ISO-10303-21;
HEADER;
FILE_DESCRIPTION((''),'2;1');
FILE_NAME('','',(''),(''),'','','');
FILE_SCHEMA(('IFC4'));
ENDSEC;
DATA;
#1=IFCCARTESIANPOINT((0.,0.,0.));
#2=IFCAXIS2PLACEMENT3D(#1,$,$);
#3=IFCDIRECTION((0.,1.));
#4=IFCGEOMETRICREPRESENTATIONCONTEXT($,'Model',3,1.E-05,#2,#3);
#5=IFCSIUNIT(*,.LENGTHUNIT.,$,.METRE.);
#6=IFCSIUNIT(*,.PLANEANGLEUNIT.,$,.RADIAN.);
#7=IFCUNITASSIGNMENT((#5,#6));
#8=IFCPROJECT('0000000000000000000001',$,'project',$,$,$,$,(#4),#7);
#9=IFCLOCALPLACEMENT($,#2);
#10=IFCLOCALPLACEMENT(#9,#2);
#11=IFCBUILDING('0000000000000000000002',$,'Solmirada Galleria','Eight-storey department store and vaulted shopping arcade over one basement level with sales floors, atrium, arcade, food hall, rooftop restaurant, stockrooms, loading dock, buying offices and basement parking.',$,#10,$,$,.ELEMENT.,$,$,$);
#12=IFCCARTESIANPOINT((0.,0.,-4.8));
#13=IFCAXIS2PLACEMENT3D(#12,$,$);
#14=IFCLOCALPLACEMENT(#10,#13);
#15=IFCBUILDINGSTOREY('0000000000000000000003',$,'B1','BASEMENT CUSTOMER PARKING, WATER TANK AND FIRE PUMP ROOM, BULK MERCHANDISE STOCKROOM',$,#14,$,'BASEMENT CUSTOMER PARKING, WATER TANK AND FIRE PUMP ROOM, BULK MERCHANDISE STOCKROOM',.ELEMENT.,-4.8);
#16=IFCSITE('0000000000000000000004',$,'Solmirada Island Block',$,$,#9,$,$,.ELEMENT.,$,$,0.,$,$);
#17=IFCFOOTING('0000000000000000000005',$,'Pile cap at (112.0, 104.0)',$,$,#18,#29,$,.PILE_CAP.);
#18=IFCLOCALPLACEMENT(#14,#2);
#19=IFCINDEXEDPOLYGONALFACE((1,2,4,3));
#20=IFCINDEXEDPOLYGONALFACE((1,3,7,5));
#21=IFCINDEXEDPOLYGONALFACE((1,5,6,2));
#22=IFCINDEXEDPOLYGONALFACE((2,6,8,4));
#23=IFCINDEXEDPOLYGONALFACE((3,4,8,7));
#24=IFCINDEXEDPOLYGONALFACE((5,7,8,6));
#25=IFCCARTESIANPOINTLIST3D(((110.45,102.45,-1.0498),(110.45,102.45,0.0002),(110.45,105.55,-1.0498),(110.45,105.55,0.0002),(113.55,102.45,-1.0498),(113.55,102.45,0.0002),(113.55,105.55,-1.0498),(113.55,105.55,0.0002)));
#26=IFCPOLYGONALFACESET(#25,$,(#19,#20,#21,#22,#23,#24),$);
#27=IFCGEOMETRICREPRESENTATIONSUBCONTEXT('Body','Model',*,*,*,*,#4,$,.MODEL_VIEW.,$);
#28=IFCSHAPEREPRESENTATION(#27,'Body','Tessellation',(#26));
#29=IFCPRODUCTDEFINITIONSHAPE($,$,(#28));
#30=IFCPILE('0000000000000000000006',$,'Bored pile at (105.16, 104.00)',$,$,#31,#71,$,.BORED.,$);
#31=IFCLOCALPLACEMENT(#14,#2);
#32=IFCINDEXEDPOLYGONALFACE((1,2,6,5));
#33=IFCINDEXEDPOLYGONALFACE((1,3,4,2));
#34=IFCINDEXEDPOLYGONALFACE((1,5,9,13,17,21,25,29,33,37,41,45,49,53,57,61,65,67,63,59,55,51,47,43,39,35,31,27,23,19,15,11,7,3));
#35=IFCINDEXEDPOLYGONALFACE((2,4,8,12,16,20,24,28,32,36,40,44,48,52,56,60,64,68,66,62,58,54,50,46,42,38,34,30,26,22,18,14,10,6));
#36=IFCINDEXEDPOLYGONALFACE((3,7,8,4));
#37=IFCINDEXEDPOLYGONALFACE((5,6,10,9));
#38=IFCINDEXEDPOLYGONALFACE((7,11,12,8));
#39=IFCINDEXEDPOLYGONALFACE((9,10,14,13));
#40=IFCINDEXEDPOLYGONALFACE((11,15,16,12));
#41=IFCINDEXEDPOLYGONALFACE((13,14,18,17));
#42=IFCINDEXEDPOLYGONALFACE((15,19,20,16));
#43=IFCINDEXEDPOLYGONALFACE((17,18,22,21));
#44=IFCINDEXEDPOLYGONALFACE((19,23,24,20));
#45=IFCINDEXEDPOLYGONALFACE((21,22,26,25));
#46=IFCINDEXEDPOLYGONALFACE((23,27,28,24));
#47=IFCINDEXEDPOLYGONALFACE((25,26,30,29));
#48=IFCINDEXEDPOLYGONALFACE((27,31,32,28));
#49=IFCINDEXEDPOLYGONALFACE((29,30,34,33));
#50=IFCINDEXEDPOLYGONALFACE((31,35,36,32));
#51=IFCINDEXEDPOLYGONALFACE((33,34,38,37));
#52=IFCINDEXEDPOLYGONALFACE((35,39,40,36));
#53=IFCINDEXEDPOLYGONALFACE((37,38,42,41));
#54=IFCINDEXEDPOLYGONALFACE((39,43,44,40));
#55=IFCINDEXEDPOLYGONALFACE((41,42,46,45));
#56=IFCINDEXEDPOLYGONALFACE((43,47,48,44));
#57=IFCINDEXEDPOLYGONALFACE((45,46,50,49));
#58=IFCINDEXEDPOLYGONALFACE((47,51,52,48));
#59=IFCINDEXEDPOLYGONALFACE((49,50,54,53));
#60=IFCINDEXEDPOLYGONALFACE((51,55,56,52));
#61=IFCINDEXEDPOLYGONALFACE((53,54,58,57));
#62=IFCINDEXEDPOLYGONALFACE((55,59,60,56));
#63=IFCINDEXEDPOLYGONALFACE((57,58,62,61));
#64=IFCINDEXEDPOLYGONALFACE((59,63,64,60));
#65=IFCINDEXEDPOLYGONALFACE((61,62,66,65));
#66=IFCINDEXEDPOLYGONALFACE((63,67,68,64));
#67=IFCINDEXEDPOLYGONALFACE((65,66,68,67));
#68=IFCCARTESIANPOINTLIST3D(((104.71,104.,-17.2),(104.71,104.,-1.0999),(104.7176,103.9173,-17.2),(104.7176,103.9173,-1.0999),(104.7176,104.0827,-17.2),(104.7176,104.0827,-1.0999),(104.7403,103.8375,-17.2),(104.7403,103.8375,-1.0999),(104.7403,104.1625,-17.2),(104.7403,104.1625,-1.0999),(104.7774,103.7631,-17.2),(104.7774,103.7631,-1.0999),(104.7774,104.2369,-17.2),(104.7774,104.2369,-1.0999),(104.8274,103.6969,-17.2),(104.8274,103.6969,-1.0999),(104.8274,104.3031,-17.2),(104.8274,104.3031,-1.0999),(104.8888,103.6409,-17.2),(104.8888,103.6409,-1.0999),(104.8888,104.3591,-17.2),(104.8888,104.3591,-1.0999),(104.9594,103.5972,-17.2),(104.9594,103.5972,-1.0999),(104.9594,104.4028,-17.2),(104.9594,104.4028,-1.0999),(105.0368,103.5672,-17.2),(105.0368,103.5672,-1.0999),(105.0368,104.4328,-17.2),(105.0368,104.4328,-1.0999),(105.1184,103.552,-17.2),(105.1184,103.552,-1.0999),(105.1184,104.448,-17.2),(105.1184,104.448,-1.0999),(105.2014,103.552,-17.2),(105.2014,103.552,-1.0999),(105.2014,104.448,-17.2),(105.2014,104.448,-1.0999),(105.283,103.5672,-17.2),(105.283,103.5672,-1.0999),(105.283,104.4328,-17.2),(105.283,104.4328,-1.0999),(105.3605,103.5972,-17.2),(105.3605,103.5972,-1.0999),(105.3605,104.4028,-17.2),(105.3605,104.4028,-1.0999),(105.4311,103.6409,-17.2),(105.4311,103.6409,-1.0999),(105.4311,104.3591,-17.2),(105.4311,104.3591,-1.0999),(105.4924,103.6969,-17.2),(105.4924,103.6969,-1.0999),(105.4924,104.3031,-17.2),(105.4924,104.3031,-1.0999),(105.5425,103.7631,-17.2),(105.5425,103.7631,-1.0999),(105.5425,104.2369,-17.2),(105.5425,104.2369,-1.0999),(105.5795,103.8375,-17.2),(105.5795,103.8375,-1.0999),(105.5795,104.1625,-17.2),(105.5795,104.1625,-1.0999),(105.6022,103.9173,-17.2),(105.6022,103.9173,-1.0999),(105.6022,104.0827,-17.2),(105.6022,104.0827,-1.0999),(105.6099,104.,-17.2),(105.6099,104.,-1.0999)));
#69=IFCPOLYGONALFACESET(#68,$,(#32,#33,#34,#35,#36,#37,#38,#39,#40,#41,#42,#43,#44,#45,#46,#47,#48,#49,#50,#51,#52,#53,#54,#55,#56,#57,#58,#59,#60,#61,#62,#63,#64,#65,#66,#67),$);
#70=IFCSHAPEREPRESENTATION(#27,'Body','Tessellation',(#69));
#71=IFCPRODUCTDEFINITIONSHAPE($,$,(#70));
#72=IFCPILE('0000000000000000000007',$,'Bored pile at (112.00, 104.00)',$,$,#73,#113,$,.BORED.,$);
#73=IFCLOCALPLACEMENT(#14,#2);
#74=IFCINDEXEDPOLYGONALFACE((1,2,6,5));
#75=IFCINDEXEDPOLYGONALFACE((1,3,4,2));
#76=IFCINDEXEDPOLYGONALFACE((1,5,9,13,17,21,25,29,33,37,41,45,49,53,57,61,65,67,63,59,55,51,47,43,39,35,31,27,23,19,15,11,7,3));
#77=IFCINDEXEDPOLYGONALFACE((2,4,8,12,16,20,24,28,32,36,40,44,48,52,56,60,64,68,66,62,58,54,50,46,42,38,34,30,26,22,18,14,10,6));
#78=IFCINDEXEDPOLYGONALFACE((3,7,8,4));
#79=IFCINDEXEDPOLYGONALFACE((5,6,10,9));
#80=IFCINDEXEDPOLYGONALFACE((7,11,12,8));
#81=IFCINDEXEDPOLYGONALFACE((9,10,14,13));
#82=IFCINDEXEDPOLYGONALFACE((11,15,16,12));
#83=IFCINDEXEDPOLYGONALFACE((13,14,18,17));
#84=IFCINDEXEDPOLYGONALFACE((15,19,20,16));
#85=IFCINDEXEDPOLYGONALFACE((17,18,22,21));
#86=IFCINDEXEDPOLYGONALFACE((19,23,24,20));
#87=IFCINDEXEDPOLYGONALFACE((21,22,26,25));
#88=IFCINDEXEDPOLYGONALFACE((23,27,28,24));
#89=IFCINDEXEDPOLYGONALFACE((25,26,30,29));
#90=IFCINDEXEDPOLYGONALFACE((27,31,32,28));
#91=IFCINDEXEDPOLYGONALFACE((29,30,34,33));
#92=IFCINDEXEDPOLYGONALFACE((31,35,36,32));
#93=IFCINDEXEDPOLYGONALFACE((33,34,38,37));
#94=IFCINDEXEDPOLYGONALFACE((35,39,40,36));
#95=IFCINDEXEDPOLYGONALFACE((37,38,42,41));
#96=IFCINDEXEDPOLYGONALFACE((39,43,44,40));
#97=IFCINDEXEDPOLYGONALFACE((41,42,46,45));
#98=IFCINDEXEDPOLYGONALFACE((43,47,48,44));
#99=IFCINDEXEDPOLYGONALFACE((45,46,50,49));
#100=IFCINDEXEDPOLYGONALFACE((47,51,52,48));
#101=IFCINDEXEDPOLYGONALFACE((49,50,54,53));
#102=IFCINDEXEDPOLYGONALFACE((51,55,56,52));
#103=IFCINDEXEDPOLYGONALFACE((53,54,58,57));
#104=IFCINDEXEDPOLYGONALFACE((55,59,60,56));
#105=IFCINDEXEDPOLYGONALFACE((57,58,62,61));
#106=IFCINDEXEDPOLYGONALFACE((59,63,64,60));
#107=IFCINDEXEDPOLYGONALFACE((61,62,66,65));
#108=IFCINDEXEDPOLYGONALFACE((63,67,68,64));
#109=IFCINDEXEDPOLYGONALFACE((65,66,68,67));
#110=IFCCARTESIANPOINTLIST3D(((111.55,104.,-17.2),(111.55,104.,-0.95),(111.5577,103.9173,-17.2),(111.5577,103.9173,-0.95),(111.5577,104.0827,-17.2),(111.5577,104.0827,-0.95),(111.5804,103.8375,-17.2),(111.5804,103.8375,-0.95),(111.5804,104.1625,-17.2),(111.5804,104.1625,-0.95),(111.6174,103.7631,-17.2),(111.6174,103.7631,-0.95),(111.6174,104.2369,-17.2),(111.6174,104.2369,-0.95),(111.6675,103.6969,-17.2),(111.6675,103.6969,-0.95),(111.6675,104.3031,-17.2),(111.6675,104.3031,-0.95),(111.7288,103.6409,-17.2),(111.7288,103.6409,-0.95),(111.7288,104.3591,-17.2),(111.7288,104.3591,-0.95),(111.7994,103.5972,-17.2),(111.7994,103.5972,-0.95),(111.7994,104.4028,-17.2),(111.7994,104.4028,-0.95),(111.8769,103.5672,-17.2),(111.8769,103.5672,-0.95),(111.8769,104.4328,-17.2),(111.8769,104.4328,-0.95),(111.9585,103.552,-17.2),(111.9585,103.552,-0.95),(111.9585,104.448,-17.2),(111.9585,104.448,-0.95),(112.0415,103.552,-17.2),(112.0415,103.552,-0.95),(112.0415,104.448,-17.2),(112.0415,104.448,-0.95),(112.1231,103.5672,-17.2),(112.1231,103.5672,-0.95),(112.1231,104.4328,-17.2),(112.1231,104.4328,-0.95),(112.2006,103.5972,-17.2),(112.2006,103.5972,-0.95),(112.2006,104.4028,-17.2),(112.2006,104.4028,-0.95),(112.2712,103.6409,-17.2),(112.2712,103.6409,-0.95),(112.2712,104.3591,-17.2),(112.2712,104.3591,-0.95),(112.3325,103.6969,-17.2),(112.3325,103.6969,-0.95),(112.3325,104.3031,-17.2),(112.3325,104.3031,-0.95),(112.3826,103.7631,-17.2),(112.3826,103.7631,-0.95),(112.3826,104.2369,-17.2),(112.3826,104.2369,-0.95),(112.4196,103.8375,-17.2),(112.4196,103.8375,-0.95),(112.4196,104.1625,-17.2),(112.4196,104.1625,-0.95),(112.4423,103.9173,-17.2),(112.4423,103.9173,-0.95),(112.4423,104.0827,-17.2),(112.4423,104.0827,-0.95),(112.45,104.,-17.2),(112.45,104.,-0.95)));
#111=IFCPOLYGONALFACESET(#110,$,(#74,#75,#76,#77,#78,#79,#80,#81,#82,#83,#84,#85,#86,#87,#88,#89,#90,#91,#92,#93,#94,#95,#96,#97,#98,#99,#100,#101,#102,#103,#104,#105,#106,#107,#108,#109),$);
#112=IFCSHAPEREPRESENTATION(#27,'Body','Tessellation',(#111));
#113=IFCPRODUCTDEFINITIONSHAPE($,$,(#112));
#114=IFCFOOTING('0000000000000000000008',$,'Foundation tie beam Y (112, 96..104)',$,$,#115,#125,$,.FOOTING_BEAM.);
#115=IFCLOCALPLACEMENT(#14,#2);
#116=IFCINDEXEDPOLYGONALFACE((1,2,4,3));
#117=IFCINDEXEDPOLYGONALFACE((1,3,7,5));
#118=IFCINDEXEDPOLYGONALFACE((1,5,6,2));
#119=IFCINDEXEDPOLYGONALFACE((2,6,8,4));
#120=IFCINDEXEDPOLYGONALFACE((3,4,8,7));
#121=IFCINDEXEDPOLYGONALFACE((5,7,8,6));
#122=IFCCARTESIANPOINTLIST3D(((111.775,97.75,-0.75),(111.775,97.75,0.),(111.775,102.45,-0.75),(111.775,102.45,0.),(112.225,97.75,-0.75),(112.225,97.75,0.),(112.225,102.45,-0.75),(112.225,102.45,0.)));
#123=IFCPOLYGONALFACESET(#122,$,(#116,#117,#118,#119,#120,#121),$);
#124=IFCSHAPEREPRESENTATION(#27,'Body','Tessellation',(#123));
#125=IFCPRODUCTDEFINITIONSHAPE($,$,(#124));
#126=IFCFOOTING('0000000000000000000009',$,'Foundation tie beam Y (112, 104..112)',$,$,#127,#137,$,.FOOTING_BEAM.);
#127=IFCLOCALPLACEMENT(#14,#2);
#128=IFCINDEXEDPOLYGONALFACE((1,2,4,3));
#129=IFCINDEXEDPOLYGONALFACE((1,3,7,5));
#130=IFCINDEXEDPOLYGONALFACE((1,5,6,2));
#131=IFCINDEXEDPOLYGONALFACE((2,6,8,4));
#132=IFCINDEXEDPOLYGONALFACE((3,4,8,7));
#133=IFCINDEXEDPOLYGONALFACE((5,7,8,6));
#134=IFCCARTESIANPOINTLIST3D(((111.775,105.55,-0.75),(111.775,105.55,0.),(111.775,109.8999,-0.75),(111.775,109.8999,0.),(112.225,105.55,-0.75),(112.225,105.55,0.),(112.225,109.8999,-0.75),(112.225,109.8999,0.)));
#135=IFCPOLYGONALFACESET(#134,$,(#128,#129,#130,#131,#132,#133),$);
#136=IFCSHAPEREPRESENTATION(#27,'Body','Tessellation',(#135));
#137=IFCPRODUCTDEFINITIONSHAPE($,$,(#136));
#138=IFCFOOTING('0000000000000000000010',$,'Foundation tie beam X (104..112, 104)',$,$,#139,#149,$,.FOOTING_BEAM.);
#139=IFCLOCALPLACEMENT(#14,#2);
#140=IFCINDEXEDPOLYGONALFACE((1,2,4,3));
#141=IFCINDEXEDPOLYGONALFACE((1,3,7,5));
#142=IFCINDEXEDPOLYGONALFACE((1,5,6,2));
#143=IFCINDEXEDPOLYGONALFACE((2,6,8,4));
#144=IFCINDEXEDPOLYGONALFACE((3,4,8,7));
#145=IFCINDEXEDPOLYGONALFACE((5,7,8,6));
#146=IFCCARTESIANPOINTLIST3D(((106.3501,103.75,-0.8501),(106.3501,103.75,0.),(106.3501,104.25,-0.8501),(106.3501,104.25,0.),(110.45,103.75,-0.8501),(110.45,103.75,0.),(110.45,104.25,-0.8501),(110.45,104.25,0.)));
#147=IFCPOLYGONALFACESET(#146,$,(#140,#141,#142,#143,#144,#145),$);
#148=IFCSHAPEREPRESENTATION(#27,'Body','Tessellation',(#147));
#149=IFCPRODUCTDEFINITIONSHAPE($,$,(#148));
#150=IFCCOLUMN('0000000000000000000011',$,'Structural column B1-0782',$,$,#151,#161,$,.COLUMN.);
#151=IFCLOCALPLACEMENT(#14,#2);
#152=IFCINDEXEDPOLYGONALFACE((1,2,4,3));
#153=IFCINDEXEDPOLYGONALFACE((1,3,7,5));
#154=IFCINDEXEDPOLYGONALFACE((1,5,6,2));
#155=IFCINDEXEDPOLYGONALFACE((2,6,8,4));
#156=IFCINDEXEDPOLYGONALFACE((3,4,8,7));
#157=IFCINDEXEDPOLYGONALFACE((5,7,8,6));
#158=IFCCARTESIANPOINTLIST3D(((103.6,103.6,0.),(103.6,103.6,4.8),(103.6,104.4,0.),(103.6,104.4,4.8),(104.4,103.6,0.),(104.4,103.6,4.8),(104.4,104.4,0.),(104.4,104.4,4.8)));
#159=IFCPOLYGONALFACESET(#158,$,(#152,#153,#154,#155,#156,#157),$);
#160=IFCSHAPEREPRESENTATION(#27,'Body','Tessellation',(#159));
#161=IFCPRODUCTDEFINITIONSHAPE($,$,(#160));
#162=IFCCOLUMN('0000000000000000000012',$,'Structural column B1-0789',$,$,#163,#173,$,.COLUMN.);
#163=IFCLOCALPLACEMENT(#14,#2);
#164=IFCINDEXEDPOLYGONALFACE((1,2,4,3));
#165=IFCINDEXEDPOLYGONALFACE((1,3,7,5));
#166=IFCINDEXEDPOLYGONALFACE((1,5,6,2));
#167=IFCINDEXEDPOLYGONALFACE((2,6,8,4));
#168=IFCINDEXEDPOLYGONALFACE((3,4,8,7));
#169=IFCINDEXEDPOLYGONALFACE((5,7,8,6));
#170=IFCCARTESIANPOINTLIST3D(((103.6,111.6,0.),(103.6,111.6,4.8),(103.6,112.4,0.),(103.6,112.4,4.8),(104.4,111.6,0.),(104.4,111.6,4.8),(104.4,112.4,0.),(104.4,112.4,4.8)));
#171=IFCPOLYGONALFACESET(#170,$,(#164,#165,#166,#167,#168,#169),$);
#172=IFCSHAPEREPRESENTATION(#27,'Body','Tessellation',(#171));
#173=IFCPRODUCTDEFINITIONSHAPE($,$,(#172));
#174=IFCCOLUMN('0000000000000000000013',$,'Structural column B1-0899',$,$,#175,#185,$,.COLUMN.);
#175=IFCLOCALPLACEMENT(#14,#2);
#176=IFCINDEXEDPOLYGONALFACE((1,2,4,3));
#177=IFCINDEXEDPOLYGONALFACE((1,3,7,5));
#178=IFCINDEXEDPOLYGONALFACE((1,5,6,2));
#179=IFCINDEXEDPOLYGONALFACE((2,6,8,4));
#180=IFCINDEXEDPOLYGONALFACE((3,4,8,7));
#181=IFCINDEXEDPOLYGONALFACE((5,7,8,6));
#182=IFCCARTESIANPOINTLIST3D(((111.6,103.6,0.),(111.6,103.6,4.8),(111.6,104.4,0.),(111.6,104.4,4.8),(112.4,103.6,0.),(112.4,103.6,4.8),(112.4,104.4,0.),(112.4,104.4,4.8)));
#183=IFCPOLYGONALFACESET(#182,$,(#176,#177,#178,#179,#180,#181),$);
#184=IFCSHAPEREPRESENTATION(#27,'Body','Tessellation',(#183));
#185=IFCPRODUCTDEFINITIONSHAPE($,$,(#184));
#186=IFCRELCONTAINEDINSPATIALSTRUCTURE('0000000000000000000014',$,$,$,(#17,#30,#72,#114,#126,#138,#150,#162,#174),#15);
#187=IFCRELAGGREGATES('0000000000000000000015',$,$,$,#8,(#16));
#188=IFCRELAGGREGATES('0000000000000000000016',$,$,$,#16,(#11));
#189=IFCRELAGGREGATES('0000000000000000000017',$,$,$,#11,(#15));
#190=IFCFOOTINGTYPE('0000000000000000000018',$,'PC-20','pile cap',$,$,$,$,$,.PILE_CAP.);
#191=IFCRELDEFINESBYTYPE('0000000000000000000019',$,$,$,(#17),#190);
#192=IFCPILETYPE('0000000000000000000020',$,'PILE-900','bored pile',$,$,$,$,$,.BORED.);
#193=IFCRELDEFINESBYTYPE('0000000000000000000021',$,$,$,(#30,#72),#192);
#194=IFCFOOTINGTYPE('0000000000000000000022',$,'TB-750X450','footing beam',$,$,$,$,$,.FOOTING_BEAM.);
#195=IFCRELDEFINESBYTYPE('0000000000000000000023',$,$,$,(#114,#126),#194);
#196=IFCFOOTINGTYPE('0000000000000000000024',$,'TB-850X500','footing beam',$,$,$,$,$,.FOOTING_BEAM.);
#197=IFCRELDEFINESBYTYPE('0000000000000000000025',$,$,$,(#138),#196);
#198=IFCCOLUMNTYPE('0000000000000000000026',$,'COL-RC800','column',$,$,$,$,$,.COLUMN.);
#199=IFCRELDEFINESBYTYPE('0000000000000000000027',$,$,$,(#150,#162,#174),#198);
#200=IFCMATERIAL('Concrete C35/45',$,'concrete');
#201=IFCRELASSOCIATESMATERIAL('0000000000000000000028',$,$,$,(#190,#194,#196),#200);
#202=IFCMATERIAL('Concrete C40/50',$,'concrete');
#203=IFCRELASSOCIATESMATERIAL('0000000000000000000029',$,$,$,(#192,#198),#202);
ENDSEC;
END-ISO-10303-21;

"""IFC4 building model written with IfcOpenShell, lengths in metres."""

from ifc_helpers import new_model, si_unit, direction, frame, origin, origin_2d, place, context, subcontext, project, spatial, rectangle, circle, extrude, material, material_profile, profile_set, type_object, element, save


model = new_model("IFC4")

# Units and contexts
model_context = context("Model", 3, precision=1e-05, world=origin(), true_north=direction((0.0, 1.0)))
body_context = subcontext(model_context, "Body", "Model", "MODEL_VIEW")
ifc_project = project(units=[si_unit("LENGTHUNIT", "METRE"), si_unit("PLANEANGLEUNIT", "RADIAN")], contexts=[model_context])

# Site, building, storey
site_placement = place(None, origin())
site = spatial("IfcSite", under=ifc_project, at=site_placement, Name="Solmirada Island Block", CompositionType="ELEMENT", RefElevation=0.0)
building_placement = place(site_placement, origin())
building = spatial("IfcBuilding", under=site, at=building_placement, Name="Solmirada Galleria", Description="Eight-storey department store and vaulted shopping arcade over one basement level with sales floors, atrium, arcade, food hall, rooftop restaurant, stockrooms, loading dock, buying offices and basement parking.", CompositionType="ELEMENT")
storey_placement = place(building_placement, frame((0.0, 0.0, -4.8)))
storey = spatial("IfcBuildingStorey", under=building, at=storey_placement, Name="B1", Description="BASEMENT CUSTOMER PARKING, WATER TANK AND FIRE PUMP ROOM, BULK MERCHANDISE STOCKROOM", LongName="BASEMENT CUSTOMER PARKING, WATER TANK AND FIRE PUMP ROOM, BULK MERCHANDISE STOCKROOM", CompositionType="ELEMENT", Elevation=-4.8)

# Footing
ifc_material_1 = material(Name="Concrete C35/45", Category="concrete")
footing_type_1 = type_object("IfcFootingType", Name="PC-20", Description="pile cap", PredefinedType="PILE_CAP", material=ifc_material_1)
footing_1_placement = place(storey_placement, frame((112.0, 104.0, -1.0498), z_axis=(0.0, 0.0, 1.0), x_axis=(1.0, 0.0, 0.0)))
element("IfcFooting", 1, at=footing_1_placement, inside=storey, type_object=footing_type_1, Name="Pile cap at (112.0, 104.0)", PredefinedType="PILE_CAP", context=body_context, shape_type="SweptSolid", body=[
    extrude(rectangle(XDim=3.1001, YDim=3.1001, at=origin_2d()), origin(), (0.0, 0.0, 1.0), 1.05),
])

# Piles
ifc_material_2 = material(Name="Concrete C40/50", Category="concrete")
ifc_material_profile_1 = material_profile(ifc_material_2, circle(Radius=0.45, at=origin_2d()), Name="PILE900")
ifc_profile_set_1 = profile_set([ifc_material_profile_1], Name="Concrete C40/50")
pile_type = type_object("IfcPileType", Name="PILE-900", Description="bored pile", PredefinedType="BORED", material=ifc_profile_set_1)
pile_1_placement = place(storey_placement, frame((105.1599, 104.0, -1.0999), z_axis=(0.0, 0.0, -1.0), x_axis=(1.0, 0.0, 0.0)))
element("IfcPile", 2, at=pile_1_placement, inside=storey, type_object=pile_type, Name="Bored pile at (105.16, 104.00)", PredefinedType="BORED", context=body_context, shape_type="SweptSolid", body=[
    extrude(circle(Radius=0.45, at=origin_2d()), origin(), (0.0, 0.0, 1.0), 16.1001),
])
pile_2_placement = place(storey_placement, frame((112.0, 104.0, -0.95), z_axis=(0.0, 0.0, -1.0), x_axis=(1.0, 0.0, 0.0)))
element("IfcPile", 3, at=pile_2_placement, inside=storey, type_object=pile_type, Name="Bored pile at (112.00, 104.00)", PredefinedType="BORED", context=body_context, shape_type="SweptSolid", body=[
    extrude(circle(Radius=0.45, at=origin_2d()), origin(), (0.0, 0.0, 1.0), 16.25),
])

# Footings
ifc_material_profile_2 = material_profile(ifc_material_1, rectangle(XDim=0.45, YDim=0.75, at=origin_2d()), Name="RC750X450")
ifc_profile_set_2 = profile_set([ifc_material_profile_2], Name="Concrete C35/45")
footing_type_2 = type_object("IfcFootingType", Name="TB-750X450", Description="footing beam", PredefinedType="FOOTING_BEAM", material=ifc_profile_set_2)
footing_2_placement = place(storey_placement, frame((112.0, 97.75, -0.375), z_axis=(0.0, 1.0, 0.0), x_axis=(-1.0, 0.0, 0.0)))
element("IfcFooting", 4, at=footing_2_placement, inside=storey, type_object=footing_type_2, Name="Foundation tie beam Y (112, 96..104)", PredefinedType="FOOTING_BEAM", context=body_context, shape_type="SweptSolid", body=[
    extrude(rectangle(XDim=0.45, YDim=0.75, at=origin_2d()), origin(), (0.0, 0.0, 1.0), 4.7),
])
footing_3_placement = place(storey_placement, frame((112.0, 105.55, -0.375), z_axis=(0.0, 1.0, 0.0), x_axis=(-1.0, 0.0, 0.0)))
element("IfcFooting", 5, at=footing_3_placement, inside=storey, type_object=footing_type_2, Name="Foundation tie beam Y (112, 104..112)", PredefinedType="FOOTING_BEAM", context=body_context, shape_type="SweptSolid", body=[
    extrude(rectangle(XDim=0.45, YDim=0.75, at=origin_2d()), origin(), (0.0, 0.0, 1.0), 4.3499),
])
ifc_material_profile_3 = material_profile(ifc_material_1, rectangle(XDim=0.5, YDim=0.8501, at=origin_2d()), Name="RC850X500")
ifc_profile_set_3 = profile_set([ifc_material_profile_3], Name="Concrete C35/45")
footing_type_3 = type_object("IfcFootingType", Name="TB-850X500", Description="footing beam", PredefinedType="FOOTING_BEAM", material=ifc_profile_set_3)
footing_4_placement = place(storey_placement, frame((106.3501, 104.0, -0.425), z_axis=(1.0, 0.0, 0.0), x_axis=(0.0, 1.0, 0.0)))
element("IfcFooting", 6, at=footing_4_placement, inside=storey, type_object=footing_type_3, Name="Foundation tie beam X (104..112, 104)", PredefinedType="FOOTING_BEAM", context=body_context, shape_type="SweptSolid", body=[
    extrude(rectangle(XDim=0.5, YDim=0.8501, at=origin_2d()), origin(), (0.0, 0.0, 1.0), 4.0999),
])

# Columns
ifc_material_profile_4 = material_profile(ifc_material_2, rectangle(XDim=0.8, YDim=0.8, at=origin_2d()), Name="RC800X800")
ifc_profile_set_4 = profile_set([ifc_material_profile_4], Name="Concrete C40/50")
column_type = type_object("IfcColumnType", Name="COL-RC800", Description="column", PredefinedType="COLUMN", material=ifc_profile_set_4)
for number, where, z_axis, x_axis, name in (
    (7, (104.0, 104.0, 0.0), (0.0, 0.0, 1.0), (1.0, 0.0, 0.0), "Structural column B1-0782"),
    (8, (104.0, 112.0, 0.0), (0.0, 0.0, 1.0), (1.0, 0.0, 0.0), "Structural column B1-0789"),
    (9, (112.0, 104.0, 0.0), (0.0, 0.0, 1.0), (1.0, 0.0, 0.0), "Structural column B1-0899"),
):
    element("IfcColumn", number, at=place(storey_placement, frame(where, z_axis=z_axis, x_axis=x_axis)), inside=storey, type_object=column_type, Name=name, PredefinedType="COLUMN", context=body_context, shape_type="SweptSolid", body=[
        extrude(rectangle(XDim=0.8, YDim=0.8, at=origin_2d()), origin(), (0.0, 0.0, 1.0), 4.8),
    ])

save(model, "model.ifc")
